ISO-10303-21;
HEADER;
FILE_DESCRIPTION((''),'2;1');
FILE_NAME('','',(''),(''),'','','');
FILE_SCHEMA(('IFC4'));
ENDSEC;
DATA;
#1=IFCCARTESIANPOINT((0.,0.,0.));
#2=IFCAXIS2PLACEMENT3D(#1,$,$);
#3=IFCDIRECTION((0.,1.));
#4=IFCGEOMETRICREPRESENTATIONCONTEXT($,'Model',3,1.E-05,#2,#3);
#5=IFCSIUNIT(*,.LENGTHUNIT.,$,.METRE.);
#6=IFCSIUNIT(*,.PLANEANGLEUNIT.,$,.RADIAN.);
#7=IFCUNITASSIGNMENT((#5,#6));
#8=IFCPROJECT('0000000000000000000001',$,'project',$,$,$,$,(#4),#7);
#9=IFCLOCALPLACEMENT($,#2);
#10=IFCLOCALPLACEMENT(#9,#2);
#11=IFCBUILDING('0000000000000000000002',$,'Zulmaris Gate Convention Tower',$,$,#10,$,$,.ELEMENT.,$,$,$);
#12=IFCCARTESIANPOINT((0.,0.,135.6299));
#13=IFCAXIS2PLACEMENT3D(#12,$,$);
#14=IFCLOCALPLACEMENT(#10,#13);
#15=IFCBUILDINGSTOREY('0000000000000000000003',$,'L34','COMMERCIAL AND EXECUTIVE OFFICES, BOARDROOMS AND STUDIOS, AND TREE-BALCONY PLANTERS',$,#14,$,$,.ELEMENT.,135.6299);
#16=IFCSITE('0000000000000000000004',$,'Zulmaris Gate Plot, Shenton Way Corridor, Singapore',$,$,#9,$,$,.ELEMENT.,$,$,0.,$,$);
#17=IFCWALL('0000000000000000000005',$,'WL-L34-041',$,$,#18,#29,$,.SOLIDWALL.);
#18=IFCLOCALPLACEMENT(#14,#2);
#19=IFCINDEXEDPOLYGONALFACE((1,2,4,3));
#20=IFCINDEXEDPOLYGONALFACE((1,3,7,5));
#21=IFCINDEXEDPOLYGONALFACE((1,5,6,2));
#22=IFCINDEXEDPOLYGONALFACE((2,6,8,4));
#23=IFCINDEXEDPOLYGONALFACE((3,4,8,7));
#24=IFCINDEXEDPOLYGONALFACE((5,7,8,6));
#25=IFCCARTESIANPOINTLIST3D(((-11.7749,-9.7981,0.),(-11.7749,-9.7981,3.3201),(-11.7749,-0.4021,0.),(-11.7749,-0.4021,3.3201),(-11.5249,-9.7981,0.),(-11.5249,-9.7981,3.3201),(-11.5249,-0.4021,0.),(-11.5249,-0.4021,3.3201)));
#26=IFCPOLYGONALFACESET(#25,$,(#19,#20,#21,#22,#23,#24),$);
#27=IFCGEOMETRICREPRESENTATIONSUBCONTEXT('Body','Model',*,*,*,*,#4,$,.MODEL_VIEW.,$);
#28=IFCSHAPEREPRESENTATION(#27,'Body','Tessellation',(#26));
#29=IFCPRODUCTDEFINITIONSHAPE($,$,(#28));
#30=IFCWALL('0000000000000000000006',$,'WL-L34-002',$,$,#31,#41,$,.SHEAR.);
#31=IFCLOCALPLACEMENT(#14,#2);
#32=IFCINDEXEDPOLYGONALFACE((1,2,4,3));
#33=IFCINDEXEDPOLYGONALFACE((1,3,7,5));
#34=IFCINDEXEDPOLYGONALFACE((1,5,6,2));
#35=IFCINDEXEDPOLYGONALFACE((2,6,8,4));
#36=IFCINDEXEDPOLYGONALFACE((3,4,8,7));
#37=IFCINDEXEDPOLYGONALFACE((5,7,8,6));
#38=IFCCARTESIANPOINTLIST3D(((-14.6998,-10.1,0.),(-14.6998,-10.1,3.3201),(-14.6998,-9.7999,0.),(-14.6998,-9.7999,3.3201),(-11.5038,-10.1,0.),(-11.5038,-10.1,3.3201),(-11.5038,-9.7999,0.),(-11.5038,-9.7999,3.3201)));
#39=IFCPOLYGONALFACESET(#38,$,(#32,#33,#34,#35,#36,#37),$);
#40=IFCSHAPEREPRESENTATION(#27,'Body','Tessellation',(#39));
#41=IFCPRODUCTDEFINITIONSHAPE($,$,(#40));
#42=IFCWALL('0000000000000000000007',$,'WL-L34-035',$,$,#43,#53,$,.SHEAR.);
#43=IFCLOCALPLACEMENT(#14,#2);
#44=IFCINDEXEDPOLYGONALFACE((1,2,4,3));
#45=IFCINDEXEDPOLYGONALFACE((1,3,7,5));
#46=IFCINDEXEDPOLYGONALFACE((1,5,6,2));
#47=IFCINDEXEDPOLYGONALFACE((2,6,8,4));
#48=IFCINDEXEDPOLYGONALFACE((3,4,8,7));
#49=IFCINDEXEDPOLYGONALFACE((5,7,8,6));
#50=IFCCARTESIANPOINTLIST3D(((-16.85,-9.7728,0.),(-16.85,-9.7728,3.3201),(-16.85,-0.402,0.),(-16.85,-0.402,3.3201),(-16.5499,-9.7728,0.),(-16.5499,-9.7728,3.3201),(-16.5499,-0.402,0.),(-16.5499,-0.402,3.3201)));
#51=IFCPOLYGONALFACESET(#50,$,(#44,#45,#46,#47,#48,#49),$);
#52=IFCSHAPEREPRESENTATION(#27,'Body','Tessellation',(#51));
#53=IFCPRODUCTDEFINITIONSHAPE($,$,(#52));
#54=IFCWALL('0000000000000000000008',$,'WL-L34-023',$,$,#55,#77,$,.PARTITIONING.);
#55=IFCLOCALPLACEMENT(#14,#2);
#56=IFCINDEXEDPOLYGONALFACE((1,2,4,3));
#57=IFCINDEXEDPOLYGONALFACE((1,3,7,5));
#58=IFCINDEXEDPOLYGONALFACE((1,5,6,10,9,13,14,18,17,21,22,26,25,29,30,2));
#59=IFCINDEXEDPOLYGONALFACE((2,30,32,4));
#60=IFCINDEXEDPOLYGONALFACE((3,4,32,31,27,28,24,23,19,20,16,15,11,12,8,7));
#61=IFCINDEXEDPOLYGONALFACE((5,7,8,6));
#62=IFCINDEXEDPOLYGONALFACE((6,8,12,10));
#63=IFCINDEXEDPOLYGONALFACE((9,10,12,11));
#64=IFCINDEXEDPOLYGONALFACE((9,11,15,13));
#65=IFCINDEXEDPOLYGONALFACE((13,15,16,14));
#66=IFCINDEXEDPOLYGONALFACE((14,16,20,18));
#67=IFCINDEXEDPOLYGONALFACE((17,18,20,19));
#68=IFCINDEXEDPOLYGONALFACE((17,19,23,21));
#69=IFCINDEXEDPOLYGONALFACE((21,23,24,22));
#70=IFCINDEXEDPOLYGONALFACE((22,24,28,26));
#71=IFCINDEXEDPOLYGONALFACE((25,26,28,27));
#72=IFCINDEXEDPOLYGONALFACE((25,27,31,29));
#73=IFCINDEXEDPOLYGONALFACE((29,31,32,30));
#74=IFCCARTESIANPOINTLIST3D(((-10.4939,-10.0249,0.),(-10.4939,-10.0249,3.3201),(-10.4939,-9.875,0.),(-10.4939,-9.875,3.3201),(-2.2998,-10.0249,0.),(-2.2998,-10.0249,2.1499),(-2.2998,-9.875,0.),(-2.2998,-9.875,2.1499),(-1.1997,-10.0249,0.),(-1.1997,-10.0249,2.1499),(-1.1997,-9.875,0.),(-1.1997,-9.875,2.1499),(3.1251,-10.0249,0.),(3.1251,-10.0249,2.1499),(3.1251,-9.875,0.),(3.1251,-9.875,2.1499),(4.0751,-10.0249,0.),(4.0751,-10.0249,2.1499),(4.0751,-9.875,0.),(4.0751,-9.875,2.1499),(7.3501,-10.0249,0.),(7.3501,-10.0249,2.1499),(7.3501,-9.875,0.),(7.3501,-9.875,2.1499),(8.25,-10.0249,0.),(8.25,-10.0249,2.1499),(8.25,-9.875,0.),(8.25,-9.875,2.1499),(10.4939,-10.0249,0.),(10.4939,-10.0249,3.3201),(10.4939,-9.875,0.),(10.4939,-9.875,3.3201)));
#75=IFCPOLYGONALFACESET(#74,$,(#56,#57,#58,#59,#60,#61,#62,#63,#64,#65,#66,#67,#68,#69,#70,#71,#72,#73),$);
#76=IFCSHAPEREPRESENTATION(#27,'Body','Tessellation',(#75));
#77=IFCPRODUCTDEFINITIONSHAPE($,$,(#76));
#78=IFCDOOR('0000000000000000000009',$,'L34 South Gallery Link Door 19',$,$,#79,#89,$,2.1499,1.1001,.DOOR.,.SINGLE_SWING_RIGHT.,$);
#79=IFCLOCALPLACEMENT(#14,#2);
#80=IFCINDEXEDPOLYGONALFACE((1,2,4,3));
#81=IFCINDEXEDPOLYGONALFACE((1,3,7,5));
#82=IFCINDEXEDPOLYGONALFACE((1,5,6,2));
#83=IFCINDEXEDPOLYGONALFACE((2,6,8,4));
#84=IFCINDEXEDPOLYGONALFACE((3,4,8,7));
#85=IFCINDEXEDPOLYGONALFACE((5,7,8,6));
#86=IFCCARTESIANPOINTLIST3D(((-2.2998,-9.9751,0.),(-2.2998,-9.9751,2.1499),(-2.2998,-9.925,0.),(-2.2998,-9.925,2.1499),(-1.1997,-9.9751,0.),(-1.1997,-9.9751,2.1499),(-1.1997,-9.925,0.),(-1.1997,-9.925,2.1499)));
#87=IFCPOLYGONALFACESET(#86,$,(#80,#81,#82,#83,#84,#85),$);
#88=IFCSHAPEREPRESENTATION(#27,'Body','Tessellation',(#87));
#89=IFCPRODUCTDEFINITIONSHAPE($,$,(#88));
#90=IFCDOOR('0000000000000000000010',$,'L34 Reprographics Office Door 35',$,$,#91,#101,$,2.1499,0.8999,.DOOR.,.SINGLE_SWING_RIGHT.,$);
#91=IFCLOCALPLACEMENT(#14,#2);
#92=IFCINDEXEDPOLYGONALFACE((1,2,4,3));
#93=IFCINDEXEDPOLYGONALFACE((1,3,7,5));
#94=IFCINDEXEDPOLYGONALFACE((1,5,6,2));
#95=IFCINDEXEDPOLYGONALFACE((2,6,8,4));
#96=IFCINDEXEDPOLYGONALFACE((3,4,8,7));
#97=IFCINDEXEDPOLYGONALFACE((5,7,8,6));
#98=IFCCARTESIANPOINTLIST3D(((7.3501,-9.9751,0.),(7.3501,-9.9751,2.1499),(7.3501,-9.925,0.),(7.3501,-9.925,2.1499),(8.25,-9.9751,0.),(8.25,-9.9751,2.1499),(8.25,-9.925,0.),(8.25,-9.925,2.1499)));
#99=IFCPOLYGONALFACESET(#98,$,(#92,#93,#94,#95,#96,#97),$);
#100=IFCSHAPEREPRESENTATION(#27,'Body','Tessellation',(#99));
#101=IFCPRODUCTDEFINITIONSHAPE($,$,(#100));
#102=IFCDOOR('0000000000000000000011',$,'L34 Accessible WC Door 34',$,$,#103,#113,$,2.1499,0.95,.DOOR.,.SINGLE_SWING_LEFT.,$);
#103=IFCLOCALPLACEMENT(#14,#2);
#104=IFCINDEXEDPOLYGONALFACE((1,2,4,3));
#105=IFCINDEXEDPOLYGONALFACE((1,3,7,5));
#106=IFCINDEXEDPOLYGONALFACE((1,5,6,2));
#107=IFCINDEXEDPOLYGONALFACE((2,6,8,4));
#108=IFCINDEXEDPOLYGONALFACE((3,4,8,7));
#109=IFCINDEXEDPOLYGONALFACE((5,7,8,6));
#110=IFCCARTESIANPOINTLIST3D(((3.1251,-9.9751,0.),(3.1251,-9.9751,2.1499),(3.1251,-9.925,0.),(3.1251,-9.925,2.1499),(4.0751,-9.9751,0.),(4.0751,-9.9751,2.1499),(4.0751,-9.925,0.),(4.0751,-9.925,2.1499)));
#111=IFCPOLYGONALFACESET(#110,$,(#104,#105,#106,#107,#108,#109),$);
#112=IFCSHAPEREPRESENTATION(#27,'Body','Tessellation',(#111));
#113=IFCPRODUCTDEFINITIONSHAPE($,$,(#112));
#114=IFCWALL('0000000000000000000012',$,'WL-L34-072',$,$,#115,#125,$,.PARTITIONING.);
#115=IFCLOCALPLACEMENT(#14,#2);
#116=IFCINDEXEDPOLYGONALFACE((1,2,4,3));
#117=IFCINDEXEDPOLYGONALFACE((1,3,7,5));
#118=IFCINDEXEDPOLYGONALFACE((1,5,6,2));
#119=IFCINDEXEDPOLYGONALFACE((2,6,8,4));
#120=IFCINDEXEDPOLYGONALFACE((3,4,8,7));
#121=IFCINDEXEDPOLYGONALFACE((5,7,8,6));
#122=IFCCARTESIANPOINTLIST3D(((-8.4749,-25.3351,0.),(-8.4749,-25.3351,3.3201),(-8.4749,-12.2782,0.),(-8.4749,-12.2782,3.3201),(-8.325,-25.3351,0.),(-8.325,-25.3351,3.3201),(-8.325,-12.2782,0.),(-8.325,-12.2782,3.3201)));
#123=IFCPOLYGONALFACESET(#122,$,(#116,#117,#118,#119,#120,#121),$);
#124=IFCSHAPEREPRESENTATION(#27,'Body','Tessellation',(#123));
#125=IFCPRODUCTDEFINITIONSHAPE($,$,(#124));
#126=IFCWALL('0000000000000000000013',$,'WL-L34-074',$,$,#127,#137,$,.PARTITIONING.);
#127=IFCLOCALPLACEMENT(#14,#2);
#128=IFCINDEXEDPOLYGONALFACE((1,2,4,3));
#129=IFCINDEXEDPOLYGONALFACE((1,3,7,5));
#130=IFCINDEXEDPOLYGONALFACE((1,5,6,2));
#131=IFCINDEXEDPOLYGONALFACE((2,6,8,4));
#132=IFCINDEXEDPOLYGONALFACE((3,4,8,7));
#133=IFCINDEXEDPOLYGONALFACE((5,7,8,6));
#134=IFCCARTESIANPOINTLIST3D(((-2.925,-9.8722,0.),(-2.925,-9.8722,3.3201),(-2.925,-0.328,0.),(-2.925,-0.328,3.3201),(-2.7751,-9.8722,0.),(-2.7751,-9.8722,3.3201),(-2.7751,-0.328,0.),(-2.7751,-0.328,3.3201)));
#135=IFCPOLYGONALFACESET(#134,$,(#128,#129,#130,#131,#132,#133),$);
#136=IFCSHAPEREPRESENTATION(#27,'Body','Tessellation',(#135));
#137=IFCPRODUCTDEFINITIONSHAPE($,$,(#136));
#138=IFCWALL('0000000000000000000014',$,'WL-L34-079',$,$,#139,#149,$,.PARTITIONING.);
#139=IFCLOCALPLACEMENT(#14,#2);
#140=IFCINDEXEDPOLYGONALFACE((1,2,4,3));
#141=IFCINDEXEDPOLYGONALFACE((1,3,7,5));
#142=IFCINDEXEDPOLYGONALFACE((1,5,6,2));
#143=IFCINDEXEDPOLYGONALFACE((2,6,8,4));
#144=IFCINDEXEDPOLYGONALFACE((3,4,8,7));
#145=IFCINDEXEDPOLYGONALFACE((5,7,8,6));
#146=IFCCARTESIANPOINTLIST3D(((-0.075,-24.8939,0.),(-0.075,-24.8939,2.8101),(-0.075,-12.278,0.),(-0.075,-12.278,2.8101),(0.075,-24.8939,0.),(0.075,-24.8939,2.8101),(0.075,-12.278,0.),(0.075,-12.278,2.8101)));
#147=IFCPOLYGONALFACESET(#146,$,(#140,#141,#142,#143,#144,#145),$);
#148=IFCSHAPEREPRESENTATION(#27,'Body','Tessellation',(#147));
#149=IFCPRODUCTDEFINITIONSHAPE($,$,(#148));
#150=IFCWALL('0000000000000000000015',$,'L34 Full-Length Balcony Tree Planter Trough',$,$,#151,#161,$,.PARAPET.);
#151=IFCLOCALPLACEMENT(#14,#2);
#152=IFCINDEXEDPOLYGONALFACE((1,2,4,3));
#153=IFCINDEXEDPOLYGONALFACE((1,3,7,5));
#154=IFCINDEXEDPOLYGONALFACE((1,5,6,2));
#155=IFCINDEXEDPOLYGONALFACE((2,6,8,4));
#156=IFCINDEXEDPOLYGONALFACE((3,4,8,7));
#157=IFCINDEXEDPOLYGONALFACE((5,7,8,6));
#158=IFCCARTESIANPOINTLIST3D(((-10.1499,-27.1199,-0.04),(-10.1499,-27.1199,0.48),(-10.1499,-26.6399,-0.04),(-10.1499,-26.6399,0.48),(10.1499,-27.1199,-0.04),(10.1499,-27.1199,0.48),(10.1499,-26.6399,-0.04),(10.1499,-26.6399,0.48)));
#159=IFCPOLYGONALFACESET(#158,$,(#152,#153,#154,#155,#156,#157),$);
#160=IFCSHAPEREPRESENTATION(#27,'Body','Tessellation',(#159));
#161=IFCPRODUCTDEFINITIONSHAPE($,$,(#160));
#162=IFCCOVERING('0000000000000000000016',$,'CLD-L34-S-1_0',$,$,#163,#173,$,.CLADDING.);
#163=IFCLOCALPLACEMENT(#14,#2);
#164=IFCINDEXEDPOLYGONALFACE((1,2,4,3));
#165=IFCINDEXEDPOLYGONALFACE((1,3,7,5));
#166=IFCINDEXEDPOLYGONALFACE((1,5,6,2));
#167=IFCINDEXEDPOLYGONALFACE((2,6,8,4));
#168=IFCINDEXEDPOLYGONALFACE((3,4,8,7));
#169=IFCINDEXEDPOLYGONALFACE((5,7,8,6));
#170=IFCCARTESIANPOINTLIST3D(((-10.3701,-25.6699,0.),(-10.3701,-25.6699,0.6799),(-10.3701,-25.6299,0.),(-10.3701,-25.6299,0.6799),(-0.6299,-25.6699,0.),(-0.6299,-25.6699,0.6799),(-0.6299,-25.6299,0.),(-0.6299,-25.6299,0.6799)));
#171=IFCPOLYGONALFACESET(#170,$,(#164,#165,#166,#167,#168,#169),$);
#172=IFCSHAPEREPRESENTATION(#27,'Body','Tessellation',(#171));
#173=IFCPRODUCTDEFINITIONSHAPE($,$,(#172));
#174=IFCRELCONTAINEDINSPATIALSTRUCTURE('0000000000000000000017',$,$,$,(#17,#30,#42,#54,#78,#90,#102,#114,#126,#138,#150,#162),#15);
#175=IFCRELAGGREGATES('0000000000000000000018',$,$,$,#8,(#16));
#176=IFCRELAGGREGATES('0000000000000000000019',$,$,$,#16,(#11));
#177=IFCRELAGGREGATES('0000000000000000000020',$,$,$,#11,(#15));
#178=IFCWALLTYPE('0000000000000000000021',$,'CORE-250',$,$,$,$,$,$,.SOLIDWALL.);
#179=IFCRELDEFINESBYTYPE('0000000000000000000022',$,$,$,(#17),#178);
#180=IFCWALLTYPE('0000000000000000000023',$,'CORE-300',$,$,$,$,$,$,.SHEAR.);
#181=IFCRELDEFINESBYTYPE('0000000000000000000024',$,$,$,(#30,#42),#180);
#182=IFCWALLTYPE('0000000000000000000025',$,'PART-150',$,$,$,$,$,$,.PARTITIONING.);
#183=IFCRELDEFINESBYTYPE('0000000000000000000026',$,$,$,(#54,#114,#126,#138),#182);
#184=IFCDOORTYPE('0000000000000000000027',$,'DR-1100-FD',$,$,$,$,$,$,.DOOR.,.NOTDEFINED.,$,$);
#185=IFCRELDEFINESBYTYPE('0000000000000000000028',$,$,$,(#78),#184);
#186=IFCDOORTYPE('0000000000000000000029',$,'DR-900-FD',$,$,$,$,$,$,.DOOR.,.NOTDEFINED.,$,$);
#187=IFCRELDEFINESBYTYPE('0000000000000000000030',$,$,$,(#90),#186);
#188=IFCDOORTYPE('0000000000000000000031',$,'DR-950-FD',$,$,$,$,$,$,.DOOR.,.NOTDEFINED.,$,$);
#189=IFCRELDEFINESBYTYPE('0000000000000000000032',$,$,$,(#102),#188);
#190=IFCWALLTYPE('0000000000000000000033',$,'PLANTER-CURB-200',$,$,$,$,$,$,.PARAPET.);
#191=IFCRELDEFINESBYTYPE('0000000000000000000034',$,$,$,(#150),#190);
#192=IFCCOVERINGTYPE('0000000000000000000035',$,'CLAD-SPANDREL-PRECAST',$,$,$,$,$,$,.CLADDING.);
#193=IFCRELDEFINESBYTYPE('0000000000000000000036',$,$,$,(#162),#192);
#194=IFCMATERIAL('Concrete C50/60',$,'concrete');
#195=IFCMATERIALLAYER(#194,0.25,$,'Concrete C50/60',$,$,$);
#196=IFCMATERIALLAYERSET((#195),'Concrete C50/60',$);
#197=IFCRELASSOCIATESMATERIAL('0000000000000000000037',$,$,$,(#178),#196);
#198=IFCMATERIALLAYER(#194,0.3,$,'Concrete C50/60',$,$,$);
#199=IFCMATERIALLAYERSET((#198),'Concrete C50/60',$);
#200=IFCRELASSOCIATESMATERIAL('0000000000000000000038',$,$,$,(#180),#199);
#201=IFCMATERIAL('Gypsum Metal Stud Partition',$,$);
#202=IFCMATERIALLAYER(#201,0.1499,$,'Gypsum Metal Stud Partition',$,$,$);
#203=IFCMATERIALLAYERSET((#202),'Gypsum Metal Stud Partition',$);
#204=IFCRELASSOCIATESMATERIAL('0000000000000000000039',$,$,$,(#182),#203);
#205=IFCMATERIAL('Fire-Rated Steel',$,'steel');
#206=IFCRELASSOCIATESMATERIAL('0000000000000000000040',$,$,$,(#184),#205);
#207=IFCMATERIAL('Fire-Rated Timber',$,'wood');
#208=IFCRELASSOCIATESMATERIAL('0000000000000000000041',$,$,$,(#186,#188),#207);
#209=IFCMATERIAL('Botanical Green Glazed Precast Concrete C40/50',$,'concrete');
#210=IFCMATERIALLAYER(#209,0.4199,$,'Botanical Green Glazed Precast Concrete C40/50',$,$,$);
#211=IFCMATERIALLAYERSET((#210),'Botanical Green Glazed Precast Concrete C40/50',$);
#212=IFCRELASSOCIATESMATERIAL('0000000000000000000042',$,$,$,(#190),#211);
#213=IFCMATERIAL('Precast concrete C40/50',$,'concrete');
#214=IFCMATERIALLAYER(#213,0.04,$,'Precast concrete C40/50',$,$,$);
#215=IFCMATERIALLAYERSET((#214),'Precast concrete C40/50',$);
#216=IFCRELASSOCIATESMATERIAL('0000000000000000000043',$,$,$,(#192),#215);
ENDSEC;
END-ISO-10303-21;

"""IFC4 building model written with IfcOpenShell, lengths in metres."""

from ifc_helpers import new_model, si_unit, direction, frame, frame_2d, origin, place, context, subcontext, project, spatial, rectangle, extrude, material, layer, layer_set, type_object, element, fill, save


model = new_model("IFC4")

# Units and contexts
model_context = context("Model", 3, precision=1e-05, world=origin(), true_north=direction((0.0, 1.0)))
body_context = subcontext(model_context, "Body", "Model", "MODEL_VIEW")
ifc_project = project(units=[si_unit("LENGTHUNIT", "METRE"), si_unit("PLANEANGLEUNIT", "RADIAN")], contexts=[model_context])

# Site, building, storey
site_placement = place(None, origin())
site = spatial("IfcSite", under=ifc_project, at=site_placement, Name="Zulmaris Gate Plot, Shenton Way Corridor, Singapore", CompositionType="ELEMENT", RefElevation=0.0)
building_placement = place(site_placement, origin())
building = spatial("IfcBuilding", under=site, at=building_placement, Name="Zulmaris Gate Convention Tower", CompositionType="ELEMENT")
storey_placement = place(building_placement, frame((0.0, 0.0, 135.6299)))
storey = spatial("IfcBuildingStorey", under=building, at=storey_placement, Name="L34", Description="COMMERCIAL AND EXECUTIVE OFFICES, BOARDROOMS AND STUDIOS, AND TREE-BALCONY PLANTERS", CompositionType="ELEMENT", Elevation=135.6299)

# Walls
ifc_material_1 = material(Name="Concrete C50/60", Category="concrete")
ifc_layer_1 = layer(ifc_material_1, 0.25, Name="Concrete C50/60")
ifc_layer_set_1 = layer_set([ifc_layer_1], Name="Concrete C50/60")
wall_type_1 = type_object("IfcWallType", Name="CORE-250", PredefinedType="SOLIDWALL", material=ifc_layer_set_1)
wall_1_placement = place(storey_placement, frame((-11.6499, -9.7981, 0.0), z_axis=(0.0, 0.0, 1.0), x_axis=(0.0, 1.0, 0.0)))
element("IfcWall", 1, at=wall_1_placement, inside=storey, type_object=wall_type_1, Name="WL-L34-041", PredefinedType="SOLIDWALL", context=body_context, shape_type="SweptSolid", body=[
    extrude(rectangle(XDim=9.396, YDim=0.25, at=frame_2d((4.698, 0.0))), origin(), (0.0, 0.0, 1.0), 3.3201),
])
ifc_layer_2 = layer(ifc_material_1, 0.3, Name="Concrete C50/60")
ifc_layer_set_2 = layer_set([ifc_layer_2], Name="Concrete C50/60")
wall_type_2 = type_object("IfcWallType", Name="CORE-300", PredefinedType="SHEAR", material=ifc_layer_set_2)
wall_2_placement = place(storey_placement, frame((-14.7, -9.95, 0.0), z_axis=(0.0, 0.0, 1.0), x_axis=(1.0, 0.0, 0.0)))
element("IfcWall", 2, at=wall_2_placement, inside=storey, type_object=wall_type_2, Name="WL-L34-002", PredefinedType="SHEAR", context=body_context, shape_type="SweptSolid", body=[
    extrude(rectangle(XDim=3.196, YDim=0.3, at=frame_2d((1.5981, 0.0))), origin(), (0.0, 0.0, 1.0), 3.3201),
])
wall_3_placement = place(storey_placement, frame((-16.7, -9.7729, 0.0), z_axis=(0.0, 0.0, 1.0), x_axis=(0.0, 1.0, 0.0)))
element("IfcWall", 3, at=wall_3_placement, inside=storey, type_object=wall_type_2, Name="WL-L34-035", PredefinedType="SHEAR", context=body_context, shape_type="SweptSolid", body=[
    extrude(rectangle(XDim=9.3708, YDim=0.3, at=frame_2d((4.6855, 0.0))), origin(), (0.0, 0.0, 1.0), 3.3201),
])

# Wall, openings, doors
ifc_material_2 = material(Name="Gypsum Metal Stud Partition")
ifc_layer_3 = layer(ifc_material_2, 0.1499, Name="Gypsum Metal Stud Partition")
ifc_layer_set_3 = layer_set([ifc_layer_3], Name="Gypsum Metal Stud Partition")
wall_type_3 = type_object("IfcWallType", Name="PART-150", PredefinedType="PARTITIONING", material=ifc_layer_set_3)
wall_4_placement = place(storey_placement, frame((-10.4939, -9.95, 0.0), z_axis=(0.0, 0.0, 1.0), x_axis=(1.0, 0.0, 0.0)))
wall_4 = element("IfcWall", 4, at=wall_4_placement, inside=storey, type_object=wall_type_3, Name="WL-L34-023", PredefinedType="PARTITIONING", context=body_context, shape_type="SweptSolid", body=[
    extrude(rectangle(XDim=20.9878, YDim=0.1499, at=frame_2d((10.4939, 0.0))), origin(), (0.0, 0.0, 1.0), 3.3201),
])
opening_1_placement = place(wall_4_placement, frame((8.1941, 0.0, 0.0)))
opening_1 = element("IfcOpeningElement", 5, at=opening_1_placement, cuts=wall_4, PredefinedType="OPENING", context=body_context, shape_type="SweptSolid", body=[
    extrude(rectangle(XDim=1.1001, YDim=2.1499, at=frame_2d((0.55, 1.075))), frame((0.0, 0.085, 0.0), z_axis=(0.0, -1.0, 0.0), x_axis=(1.0, 0.0, 0.0)), (0.0, 0.0, 1.0), 0.1699),
])
opening_2_placement = place(wall_4_placement, frame((13.6189, 0.0, 0.0)))
opening_2 = element("IfcOpeningElement", 6, at=opening_2_placement, cuts=wall_4, PredefinedType="OPENING", context=body_context, shape_type="SweptSolid", body=[
    extrude(rectangle(XDim=0.95, YDim=2.1499, at=frame_2d((0.4751, 1.075))), frame((0.0, 0.085, 0.0), z_axis=(0.0, -1.0, 0.0), x_axis=(1.0, 0.0, 0.0)), (0.0, 0.0, 1.0), 0.1699),
])
opening_3_placement = place(wall_4_placement, frame((17.844, 0.0, 0.0)))
opening_3 = element("IfcOpeningElement", 7, at=opening_3_placement, cuts=wall_4, PredefinedType="OPENING", context=body_context, shape_type="SweptSolid", body=[
    extrude(rectangle(XDim=0.8999, YDim=2.1499, at=frame_2d((0.45, 1.075))), frame((0.0, 0.085, 0.0), z_axis=(0.0, -1.0, 0.0), x_axis=(1.0, 0.0, 0.0)), (0.0, 0.0, 1.0), 0.1699),
])
ifc_material_3 = material(Name="Fire-Rated Steel", Category="steel")
door_type_1 = type_object("IfcDoorType", Name="DR-1100-FD", OperationType="NOTDEFINED", PredefinedType="DOOR", material=ifc_material_3)
door_1_placement = place(opening_1_placement, origin())
door_1 = element("IfcDoor", 8, at=door_1_placement, inside=storey, type_object=door_type_1, Name="L34 South Gallery Link Door 19", OperationType="SINGLE_SWING_RIGHT", OverallHeight=2.1499, OverallWidth=1.1001, PredefinedType="DOOR", context=body_context, shape_type="SweptSolid", body=[
    extrude(rectangle(XDim=1.1001, YDim=2.1499, at=frame_2d((0.55, 1.075))), frame((0.0, 0.0249, 0.0), z_axis=(0.0, -1.0, 0.0), x_axis=(1.0, 0.0, 0.0)), (0.0, 0.0, 1.0), 0.05),
])
fill(opening_1, door_1)
ifc_material_4 = material(Name="Fire-Rated Timber", Category="wood")
door_type_2 = type_object("IfcDoorType", Name="DR-900-FD", OperationType="NOTDEFINED", PredefinedType="DOOR", material=ifc_material_4)
door_2_placement = place(opening_3_placement, origin())
door_2 = element("IfcDoor", 9, at=door_2_placement, inside=storey, type_object=door_type_2, Name="L34 Reprographics Office Door 35", OperationType="SINGLE_SWING_RIGHT", OverallHeight=2.1499, OverallWidth=0.8999, PredefinedType="DOOR", context=body_context, shape_type="SweptSolid", body=[
    extrude(rectangle(XDim=0.8999, YDim=2.1499, at=frame_2d((0.45, 1.075))), frame((0.0, 0.0249, 0.0), z_axis=(0.0, -1.0, 0.0), x_axis=(1.0, 0.0, 0.0)), (0.0, 0.0, 1.0), 0.05),
])
fill(opening_3, door_2)
door_type_3 = type_object("IfcDoorType", Name="DR-950-FD", OperationType="NOTDEFINED", PredefinedType="DOOR", material=ifc_material_4)
door_3_placement = place(opening_2_placement, origin())
door_3 = element("IfcDoor", 10, at=door_3_placement, inside=storey, type_object=door_type_3, Name="L34 Accessible WC Door 34", OperationType="SINGLE_SWING_LEFT", OverallHeight=2.1499, OverallWidth=0.95, PredefinedType="DOOR", context=body_context, shape_type="SweptSolid", body=[
    extrude(rectangle(XDim=0.95, YDim=2.1499, at=frame_2d((0.4751, 1.075))), frame((0.0, 0.0249, 0.0), z_axis=(0.0, -1.0, 0.0), x_axis=(1.0, 0.0, 0.0)), (0.0, 0.0, 1.0), 0.05),
])
fill(opening_2, door_3)

# Walls
wall_5_placement = place(storey_placement, frame((-8.3999, -25.335, 0.0), z_axis=(0.0, 0.0, 1.0), x_axis=(0.0, 1.0, 0.0)))
element("IfcWall", 11, at=wall_5_placement, inside=storey, type_object=wall_type_3, Name="WL-L34-072", PredefinedType="PARTITIONING", context=body_context, shape_type="SweptSolid", body=[
    extrude(rectangle(XDim=13.0569, YDim=0.1499, at=frame_2d((6.5283, 0.0))), origin(), (0.0, 0.0, 1.0), 3.3201),
])
wall_6_placement = place(storey_placement, frame((-2.8501, -9.8721, 0.0), z_axis=(0.0, 0.0, 1.0), x_axis=(0.0, 1.0, 0.0)))
element("IfcWall", 12, at=wall_6_placement, inside=storey, type_object=wall_type_3, Name="WL-L34-074", PredefinedType="PARTITIONING", context=body_context, shape_type="SweptSolid", body=[
    extrude(rectangle(XDim=9.5442, YDim=0.1499, at=frame_2d((4.772, 0.0))), origin(), (0.0, 0.0, 1.0), 3.3201),
])

# Walls
wall_7_placement = place(storey_placement, frame((0.0, -24.894, 0.0), z_axis=(0.0, 0.0, 1.0), x_axis=(0.0, 1.0, 0.0)))
element("IfcWall", 13, at=wall_7_placement, inside=storey, type_object=wall_type_3, Name="WL-L34-079", PredefinedType="PARTITIONING", context=body_context, shape_type="SweptSolid", body=[
    extrude(rectangle(XDim=12.616, YDim=0.1499, at=frame_2d((6.3081, 0.0))), origin(), (0.0, 0.0, 1.0), 2.8101),
])
ifc_material_5 = material(Name="Botanical Green Glazed Precast Concrete C40/50", Category="concrete")
ifc_layer_4 = layer(ifc_material_5, 0.4199, Name="Botanical Green Glazed Precast Concrete C40/50")
ifc_layer_set_4 = layer_set([ifc_layer_4], Name="Botanical Green Glazed Precast Concrete C40/50")
wall_type_4 = type_object("IfcWallType", Name="PLANTER-CURB-200", PredefinedType="PARAPET", material=ifc_layer_set_4)
wall_8_placement = place(storey_placement, frame((-10.1499, -26.8799, -0.04), z_axis=(0.0, 0.0, 1.0), x_axis=(1.0, 0.0, 0.0)))
element("IfcWall", 14, at=wall_8_placement, inside=storey, type_object=wall_type_4, Name="L34 Full-Length Balcony Tree Planter Trough", PredefinedType="PARAPET", context=body_context, shape_type="SweptSolid", body=[
    extrude(rectangle(XDim=20.2998, YDim=0.48, at=frame_2d((10.1499, 0.0))), origin(), (0.0, 0.0, 1.0), 0.52),
])

# Shared definitions
ifc_material_6 = material(Name="Precast concrete C40/50", Category="concrete")

# Covering
ifc_layer_5 = layer(ifc_material_6, 0.04, Name="Precast concrete C40/50")
ifc_layer_set_5 = layer_set([ifc_layer_5], Name="Precast concrete C40/50")
covering_type = type_object("IfcCoveringType", Name="CLAD-SPANDREL-PRECAST", PredefinedType="CLADDING", material=ifc_layer_set_5)
covering_placement = place(storey_placement, frame((-10.3701, -25.6499, 0.0), z_axis=(0.0, 0.0, 1.0), x_axis=(1.0, 0.0, 0.0)))
element("IfcCovering", 15, at=covering_placement, inside=storey, type_object=covering_type, Name="CLD-L34-S-1_0", PredefinedType="CLADDING", context=body_context, shape_type="SweptSolid", body=[
    extrude(rectangle(XDim=9.7402, YDim=0.04, at=frame_2d((4.8701, 0.0))), origin(), (0.0, 0.0, 1.0), 0.6799),
])

save(model, "model.ifc")
